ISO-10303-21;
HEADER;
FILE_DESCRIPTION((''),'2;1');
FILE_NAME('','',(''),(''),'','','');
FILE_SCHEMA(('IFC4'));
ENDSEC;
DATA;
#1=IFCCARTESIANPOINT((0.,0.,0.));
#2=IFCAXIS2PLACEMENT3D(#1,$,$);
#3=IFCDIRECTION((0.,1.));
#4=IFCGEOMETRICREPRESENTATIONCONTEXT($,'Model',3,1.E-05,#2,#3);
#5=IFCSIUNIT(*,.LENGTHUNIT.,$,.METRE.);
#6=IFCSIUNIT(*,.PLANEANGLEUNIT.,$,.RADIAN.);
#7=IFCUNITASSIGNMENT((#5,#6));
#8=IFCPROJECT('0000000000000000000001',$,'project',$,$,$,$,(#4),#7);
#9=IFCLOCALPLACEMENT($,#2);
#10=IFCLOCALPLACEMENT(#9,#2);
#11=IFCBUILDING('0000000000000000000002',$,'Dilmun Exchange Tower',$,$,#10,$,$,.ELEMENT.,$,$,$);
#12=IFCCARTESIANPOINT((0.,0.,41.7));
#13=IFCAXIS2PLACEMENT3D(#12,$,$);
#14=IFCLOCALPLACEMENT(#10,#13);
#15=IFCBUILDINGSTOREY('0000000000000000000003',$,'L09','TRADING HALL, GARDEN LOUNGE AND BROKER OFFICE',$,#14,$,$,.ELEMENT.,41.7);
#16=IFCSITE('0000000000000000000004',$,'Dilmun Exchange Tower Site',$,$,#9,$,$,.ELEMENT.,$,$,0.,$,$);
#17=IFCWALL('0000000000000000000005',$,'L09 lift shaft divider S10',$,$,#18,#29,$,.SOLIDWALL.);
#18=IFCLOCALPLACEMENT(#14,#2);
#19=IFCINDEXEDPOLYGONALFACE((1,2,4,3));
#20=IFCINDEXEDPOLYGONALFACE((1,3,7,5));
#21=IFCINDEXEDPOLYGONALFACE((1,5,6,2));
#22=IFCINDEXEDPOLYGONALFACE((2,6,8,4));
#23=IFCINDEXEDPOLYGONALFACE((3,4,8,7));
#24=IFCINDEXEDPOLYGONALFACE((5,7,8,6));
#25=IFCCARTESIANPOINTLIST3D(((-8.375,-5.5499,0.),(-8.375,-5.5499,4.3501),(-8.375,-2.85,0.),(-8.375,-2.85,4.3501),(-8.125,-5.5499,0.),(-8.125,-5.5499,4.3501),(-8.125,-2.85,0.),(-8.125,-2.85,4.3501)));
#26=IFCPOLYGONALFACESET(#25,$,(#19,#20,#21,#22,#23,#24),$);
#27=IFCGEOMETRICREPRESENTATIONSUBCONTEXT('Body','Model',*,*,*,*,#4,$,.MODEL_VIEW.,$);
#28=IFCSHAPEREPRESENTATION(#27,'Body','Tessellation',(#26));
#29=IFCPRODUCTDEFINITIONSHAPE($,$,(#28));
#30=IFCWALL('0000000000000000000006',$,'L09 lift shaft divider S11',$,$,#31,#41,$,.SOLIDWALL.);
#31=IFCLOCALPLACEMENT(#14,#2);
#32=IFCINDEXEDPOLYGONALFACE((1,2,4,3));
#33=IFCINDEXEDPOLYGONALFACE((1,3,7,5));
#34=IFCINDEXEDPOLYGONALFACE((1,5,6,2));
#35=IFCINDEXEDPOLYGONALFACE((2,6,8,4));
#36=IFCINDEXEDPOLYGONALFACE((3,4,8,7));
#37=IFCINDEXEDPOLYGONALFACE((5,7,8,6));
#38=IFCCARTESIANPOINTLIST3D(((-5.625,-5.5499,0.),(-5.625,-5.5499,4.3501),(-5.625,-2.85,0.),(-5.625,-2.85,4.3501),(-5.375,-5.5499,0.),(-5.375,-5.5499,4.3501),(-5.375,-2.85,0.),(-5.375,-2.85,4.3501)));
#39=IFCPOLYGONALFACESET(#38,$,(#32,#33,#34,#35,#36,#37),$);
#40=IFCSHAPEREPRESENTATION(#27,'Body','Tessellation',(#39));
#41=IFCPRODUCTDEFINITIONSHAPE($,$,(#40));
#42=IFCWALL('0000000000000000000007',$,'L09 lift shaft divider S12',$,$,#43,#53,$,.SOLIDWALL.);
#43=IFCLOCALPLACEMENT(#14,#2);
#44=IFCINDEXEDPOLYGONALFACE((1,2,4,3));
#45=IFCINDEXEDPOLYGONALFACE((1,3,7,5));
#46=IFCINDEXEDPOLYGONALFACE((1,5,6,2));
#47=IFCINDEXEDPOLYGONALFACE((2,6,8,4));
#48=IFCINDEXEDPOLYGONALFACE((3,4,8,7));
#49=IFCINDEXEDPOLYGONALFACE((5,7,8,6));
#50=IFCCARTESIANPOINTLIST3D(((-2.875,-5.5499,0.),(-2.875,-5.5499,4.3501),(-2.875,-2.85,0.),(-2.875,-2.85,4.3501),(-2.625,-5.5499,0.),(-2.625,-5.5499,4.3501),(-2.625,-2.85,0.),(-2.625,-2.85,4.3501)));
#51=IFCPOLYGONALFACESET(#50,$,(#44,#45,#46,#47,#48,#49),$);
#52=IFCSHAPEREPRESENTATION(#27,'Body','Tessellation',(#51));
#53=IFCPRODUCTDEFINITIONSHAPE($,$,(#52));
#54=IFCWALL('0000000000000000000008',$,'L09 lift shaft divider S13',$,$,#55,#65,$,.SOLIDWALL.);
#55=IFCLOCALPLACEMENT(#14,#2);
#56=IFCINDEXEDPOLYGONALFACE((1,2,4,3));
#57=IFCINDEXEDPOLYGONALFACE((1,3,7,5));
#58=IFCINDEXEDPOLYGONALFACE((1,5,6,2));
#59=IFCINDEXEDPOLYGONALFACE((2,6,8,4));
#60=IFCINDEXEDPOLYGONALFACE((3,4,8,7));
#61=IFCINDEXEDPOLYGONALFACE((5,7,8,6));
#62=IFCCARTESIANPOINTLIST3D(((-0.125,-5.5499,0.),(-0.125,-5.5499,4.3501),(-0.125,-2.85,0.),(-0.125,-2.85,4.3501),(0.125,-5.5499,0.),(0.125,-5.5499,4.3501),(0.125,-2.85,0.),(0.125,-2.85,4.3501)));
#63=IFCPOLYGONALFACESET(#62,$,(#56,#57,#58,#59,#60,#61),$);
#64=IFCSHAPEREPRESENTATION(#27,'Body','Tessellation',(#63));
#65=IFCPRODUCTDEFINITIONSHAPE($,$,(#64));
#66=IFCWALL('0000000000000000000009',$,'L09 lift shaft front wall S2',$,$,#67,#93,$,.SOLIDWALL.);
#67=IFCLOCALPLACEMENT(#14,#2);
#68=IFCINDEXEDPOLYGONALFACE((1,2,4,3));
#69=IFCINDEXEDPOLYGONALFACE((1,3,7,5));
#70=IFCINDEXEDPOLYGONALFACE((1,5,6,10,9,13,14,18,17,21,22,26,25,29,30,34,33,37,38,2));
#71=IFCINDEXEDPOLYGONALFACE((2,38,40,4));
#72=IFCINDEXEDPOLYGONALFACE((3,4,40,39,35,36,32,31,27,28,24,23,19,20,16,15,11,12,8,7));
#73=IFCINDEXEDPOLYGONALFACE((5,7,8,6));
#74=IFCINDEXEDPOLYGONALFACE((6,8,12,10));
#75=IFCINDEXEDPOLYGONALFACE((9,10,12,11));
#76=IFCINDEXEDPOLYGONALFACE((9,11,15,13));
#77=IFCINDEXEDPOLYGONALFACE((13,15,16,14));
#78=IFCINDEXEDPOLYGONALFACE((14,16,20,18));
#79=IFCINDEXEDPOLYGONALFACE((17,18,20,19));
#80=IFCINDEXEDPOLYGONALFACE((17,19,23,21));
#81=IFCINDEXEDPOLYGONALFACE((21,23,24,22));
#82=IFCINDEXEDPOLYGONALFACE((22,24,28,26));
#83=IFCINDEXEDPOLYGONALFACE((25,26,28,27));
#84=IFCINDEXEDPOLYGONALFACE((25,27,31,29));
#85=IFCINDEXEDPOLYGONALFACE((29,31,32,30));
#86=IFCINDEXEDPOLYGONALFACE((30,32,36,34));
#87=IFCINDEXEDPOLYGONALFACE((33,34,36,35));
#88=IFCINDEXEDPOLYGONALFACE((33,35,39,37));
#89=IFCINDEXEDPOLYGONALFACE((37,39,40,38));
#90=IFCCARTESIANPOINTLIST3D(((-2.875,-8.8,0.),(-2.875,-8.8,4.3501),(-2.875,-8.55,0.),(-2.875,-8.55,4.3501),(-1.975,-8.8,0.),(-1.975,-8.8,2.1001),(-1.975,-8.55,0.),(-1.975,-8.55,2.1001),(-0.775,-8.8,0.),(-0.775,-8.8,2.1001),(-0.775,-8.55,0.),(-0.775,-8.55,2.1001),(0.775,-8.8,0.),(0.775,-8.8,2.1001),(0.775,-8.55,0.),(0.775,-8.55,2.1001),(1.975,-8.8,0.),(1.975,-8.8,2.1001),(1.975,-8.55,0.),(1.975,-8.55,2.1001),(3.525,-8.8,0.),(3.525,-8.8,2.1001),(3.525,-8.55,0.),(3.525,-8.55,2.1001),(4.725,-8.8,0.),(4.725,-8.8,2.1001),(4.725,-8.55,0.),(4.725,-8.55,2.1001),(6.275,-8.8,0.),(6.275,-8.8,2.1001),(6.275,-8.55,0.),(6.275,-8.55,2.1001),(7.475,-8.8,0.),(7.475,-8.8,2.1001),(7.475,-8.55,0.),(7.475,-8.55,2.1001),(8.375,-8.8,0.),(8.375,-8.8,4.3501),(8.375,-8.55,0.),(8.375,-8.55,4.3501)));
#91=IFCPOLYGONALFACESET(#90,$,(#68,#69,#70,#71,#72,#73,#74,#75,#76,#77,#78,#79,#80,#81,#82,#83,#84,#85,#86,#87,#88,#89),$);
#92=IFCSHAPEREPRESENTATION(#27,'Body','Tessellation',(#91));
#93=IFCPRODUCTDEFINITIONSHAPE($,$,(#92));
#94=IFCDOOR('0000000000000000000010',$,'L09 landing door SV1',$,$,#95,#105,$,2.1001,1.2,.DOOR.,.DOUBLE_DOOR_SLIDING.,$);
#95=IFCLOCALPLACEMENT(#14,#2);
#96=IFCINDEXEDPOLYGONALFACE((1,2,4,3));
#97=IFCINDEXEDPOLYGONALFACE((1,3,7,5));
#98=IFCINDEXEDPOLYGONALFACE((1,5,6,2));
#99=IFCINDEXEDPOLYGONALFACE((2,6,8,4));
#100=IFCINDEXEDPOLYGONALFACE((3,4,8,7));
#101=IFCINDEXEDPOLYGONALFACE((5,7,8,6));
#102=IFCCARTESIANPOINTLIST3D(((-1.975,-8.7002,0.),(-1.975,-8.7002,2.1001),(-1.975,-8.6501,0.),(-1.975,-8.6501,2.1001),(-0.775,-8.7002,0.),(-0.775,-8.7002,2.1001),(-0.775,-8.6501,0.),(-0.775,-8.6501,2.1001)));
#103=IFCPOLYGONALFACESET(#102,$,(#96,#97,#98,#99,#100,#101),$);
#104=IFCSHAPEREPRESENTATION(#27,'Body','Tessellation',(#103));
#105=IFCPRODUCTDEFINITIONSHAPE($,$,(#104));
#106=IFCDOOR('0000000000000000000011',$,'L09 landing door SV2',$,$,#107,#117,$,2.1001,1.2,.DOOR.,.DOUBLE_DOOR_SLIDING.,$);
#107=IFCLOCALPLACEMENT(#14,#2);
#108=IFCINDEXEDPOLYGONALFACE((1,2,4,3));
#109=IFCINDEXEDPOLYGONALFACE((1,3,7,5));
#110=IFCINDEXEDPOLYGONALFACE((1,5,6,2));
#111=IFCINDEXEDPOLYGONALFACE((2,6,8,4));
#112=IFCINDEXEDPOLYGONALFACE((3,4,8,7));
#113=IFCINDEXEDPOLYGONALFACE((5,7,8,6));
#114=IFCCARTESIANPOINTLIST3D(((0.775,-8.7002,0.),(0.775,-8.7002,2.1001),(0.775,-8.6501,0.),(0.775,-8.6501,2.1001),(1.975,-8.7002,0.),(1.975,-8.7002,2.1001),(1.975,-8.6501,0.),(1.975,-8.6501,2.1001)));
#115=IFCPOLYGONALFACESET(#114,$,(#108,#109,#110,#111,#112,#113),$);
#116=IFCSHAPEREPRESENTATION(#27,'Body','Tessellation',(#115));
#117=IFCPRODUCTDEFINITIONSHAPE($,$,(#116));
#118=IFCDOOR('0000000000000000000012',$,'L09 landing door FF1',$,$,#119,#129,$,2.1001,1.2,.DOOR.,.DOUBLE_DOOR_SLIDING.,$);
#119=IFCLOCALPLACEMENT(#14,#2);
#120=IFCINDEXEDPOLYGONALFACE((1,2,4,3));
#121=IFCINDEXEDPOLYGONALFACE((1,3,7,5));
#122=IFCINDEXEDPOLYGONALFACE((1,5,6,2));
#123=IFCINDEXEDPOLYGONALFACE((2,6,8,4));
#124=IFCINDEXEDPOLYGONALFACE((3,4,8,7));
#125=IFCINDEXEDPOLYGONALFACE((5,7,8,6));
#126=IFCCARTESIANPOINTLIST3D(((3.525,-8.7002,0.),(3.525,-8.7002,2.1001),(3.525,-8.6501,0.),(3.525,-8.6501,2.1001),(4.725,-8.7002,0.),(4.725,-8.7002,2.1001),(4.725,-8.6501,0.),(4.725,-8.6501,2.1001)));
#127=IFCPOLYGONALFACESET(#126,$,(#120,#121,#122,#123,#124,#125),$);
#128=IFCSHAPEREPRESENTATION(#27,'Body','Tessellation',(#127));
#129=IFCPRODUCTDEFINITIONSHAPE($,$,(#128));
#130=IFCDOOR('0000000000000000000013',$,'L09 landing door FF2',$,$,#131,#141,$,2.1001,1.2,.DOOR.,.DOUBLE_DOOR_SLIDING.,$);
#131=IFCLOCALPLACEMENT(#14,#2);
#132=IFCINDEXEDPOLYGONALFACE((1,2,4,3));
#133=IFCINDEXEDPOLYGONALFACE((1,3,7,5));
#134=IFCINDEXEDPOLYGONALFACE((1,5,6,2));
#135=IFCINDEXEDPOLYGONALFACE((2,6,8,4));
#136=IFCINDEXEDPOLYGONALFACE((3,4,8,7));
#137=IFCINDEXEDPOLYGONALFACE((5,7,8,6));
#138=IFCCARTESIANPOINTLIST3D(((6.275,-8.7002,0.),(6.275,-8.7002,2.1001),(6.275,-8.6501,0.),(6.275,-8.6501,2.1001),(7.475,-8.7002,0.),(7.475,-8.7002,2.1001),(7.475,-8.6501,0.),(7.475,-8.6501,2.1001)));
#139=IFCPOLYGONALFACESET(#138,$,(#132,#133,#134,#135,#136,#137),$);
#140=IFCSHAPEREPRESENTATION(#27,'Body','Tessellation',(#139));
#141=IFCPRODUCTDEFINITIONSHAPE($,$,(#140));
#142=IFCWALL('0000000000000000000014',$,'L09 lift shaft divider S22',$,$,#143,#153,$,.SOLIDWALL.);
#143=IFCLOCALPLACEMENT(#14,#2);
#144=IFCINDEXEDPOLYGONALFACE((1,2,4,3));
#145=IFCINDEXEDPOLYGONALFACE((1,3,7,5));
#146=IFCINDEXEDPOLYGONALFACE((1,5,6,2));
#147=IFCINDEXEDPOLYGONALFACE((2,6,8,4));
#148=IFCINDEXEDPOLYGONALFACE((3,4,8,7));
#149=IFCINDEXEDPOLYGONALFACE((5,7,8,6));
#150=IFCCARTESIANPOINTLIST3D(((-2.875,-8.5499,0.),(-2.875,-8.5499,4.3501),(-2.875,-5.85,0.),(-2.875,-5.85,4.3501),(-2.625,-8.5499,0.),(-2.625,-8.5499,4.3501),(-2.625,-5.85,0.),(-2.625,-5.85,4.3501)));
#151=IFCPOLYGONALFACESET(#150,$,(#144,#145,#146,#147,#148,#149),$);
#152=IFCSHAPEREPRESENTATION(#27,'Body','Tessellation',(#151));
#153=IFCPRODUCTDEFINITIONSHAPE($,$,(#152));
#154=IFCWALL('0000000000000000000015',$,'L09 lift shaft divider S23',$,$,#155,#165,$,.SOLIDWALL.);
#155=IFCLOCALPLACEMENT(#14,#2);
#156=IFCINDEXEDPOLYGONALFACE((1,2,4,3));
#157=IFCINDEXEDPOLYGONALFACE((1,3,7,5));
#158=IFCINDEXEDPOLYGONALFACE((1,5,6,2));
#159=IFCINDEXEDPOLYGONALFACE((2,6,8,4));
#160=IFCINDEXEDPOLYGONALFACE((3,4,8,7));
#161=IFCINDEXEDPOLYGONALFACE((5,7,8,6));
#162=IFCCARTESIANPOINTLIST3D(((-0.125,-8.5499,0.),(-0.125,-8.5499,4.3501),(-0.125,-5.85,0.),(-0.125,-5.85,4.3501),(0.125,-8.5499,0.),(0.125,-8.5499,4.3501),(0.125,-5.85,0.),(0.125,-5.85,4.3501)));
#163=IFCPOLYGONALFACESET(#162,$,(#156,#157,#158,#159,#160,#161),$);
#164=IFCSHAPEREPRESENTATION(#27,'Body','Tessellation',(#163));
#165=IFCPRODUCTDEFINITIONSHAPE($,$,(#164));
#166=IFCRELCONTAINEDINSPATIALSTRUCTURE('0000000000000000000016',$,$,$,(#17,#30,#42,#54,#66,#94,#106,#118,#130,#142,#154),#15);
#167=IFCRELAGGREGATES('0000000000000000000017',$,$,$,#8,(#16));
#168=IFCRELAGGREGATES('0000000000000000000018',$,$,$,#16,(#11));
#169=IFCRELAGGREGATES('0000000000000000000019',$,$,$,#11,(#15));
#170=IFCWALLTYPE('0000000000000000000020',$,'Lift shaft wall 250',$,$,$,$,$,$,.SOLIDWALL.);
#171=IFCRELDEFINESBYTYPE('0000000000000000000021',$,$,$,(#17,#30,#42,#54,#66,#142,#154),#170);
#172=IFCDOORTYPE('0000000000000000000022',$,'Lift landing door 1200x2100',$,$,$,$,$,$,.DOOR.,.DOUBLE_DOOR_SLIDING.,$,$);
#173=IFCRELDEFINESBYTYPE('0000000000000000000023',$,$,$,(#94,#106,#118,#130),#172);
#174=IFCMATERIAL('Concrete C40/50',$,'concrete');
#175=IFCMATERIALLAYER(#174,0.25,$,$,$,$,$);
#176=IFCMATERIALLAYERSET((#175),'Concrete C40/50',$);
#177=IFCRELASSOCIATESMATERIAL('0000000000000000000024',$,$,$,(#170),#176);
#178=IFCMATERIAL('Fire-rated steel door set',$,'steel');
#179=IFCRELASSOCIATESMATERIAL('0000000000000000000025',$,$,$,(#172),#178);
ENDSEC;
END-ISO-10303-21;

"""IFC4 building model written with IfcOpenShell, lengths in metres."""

from ifc_helpers import new_model, si_unit, direction, frame, frame_2d, origin, place, context, subcontext, project, spatial, rectangle, extrude, material, layer, layer_set, type_object, element, fill, save


model = new_model("IFC4")

# Units and contexts
model_context = context("Model", 3, precision=1e-05, world=origin(), true_north=direction((0.0, 1.0)))
body_context = subcontext(model_context, "Body", "Model", "MODEL_VIEW")
ifc_project = project(units=[si_unit("LENGTHUNIT", "METRE"), si_unit("PLANEANGLEUNIT", "RADIAN")], contexts=[model_context])

# Site, building, storey
site_placement = place(None, origin())
site = spatial("IfcSite", under=ifc_project, at=site_placement, Name="Dilmun Exchange Tower Site", CompositionType="ELEMENT", RefElevation=0.0)
building_placement = place(site_placement, origin())
building = spatial("IfcBuilding", under=site, at=building_placement, Name="Dilmun Exchange Tower", CompositionType="ELEMENT")
storey_placement = place(building_placement, frame((0.0, 0.0, 41.7)))
storey = spatial("IfcBuildingStorey", under=building, at=storey_placement, Name="L09", Description="TRADING HALL, GARDEN LOUNGE AND BROKER OFFICE", CompositionType="ELEMENT", Elevation=41.7)

# Shared definitions
ifc_material_1 = material(Name="Concrete C40/50", Category="concrete")

# Shared definitions
ifc_material_2 = material(Name="Fire-rated steel door set", Category="steel")

# Walls
ifc_layer_1 = layer(ifc_material_1, 0.25)
ifc_layer_set_1 = layer_set([ifc_layer_1], Name="Concrete C40/50")
wall_type_1 = type_object("IfcWallType", Name="Lift shaft wall 250", PredefinedType="SOLIDWALL", material=ifc_layer_set_1)
for number, where, z_axis, x_axis, name in (
    (1, (-8.25, -5.55, 0.0), (0.0, 0.0, 1.0), (0.0, 1.0, 0.0), "L09 lift shaft divider S10"),
    (2, (-5.5, -5.55, 0.0), (0.0, 0.0, 1.0), (0.0, 1.0, 0.0), "L09 lift shaft divider S11"),
    (3, (-2.75, -5.55, 0.0), (0.0, 0.0, 1.0), (0.0, 1.0, 0.0), "L09 lift shaft divider S12"),
    (4, (0.0, -5.55, 0.0), (0.0, 0.0, 1.0), (0.0, 1.0, 0.0), "L09 lift shaft divider S13"),
):
    element("IfcWall", number, at=place(storey_placement, frame(where, z_axis=z_axis, x_axis=x_axis)), inside=storey, type_object=wall_type_1, Name=name, PredefinedType="SOLIDWALL", context=body_context, shape_type="SweptSolid", body=[
        extrude(rectangle(XDim=2.7, YDim=0.25, at=frame_2d((1.3501, 0.0))), origin(), (0.0, 0.0, 1.0), 4.3501),
    ])

# Wall, openings, doors
wall_1_placement = place(storey_placement, frame((-2.875, -8.675, 0.0), z_axis=(0.0, 0.0, 1.0), x_axis=(1.0, 0.0, 0.0)))
wall_1 = element("IfcWall", 5, at=wall_1_placement, inside=storey, type_object=wall_type_1, Name="L09 lift shaft front wall S2", PredefinedType="SOLIDWALL", context=body_context, shape_type="SweptSolid", body=[
    extrude(rectangle(XDim=11.25, YDim=0.25, at=frame_2d((5.625, 0.0))), origin(), (0.0, 0.0, 1.0), 4.3501),
])
opening_1_placement = place(wall_1_placement, frame((0.8999, 0.0, 0.0)))
opening_1 = element("IfcOpeningElement", 6, at=opening_1_placement, cuts=wall_1, PredefinedType="OPENING", context=body_context, shape_type="SweptSolid", body=[
    extrude(rectangle(XDim=1.2, YDim=2.1001, at=frame_2d((0.6001, 1.05))), frame((0.0, 0.135, 0.0), z_axis=(0.0, -1.0, 0.0), x_axis=(1.0, 0.0, 0.0)), (0.0, 0.0, 1.0), 0.27),
])
opening_2_placement = place(wall_1_placement, frame((3.6499, 0.0, 0.0)))
opening_2 = element("IfcOpeningElement", 7, at=opening_2_placement, cuts=wall_1, PredefinedType="OPENING", context=body_context, shape_type="SweptSolid", body=[
    extrude(rectangle(XDim=1.2, YDim=2.1001, at=frame_2d((0.6001, 1.05))), frame((0.0, 0.135, 0.0), z_axis=(0.0, -1.0, 0.0), x_axis=(1.0, 0.0, 0.0)), (0.0, 0.0, 1.0), 0.27),
])
opening_3_placement = place(wall_1_placement, frame((6.3999, 0.0, 0.0)))
opening_3 = element("IfcOpeningElement", 8, at=opening_3_placement, cuts=wall_1, PredefinedType="OPENING", context=body_context, shape_type="SweptSolid", body=[
    extrude(rectangle(XDim=1.2, YDim=2.1001, at=frame_2d((0.6001, 1.05))), frame((0.0, 0.135, 0.0), z_axis=(0.0, -1.0, 0.0), x_axis=(1.0, 0.0, 0.0)), (0.0, 0.0, 1.0), 0.27),
])
opening_4_placement = place(wall_1_placement, frame((9.1499, 0.0, 0.0)))
opening_4 = element("IfcOpeningElement", 9, at=opening_4_placement, cuts=wall_1, PredefinedType="OPENING", context=body_context, shape_type="SweptSolid", body=[
    extrude(rectangle(XDim=1.2, YDim=2.1001, at=frame_2d((0.6001, 1.05))), frame((0.0, 0.135, 0.0), z_axis=(0.0, -1.0, 0.0), x_axis=(1.0, 0.0, 0.0)), (0.0, 0.0, 1.0), 0.27),
])
door_type_1 = type_object("IfcDoorType", Name="Lift landing door 1200x2100", OperationType="DOUBLE_DOOR_SLIDING", PredefinedType="DOOR", material=ifc_material_2)
door_1_placement = place(opening_1_placement, origin())
door_1 = element("IfcDoor", 10, at=door_1_placement, inside=storey, type_object=door_type_1, Name="L09 landing door SV1", OperationType="DOUBLE_DOOR_SLIDING", OverallHeight=2.1001, OverallWidth=1.2, PredefinedType="DOOR", context=body_context, shape_type="SweptSolid", body=[
    extrude(rectangle(XDim=1.2, YDim=2.1001, at=frame_2d((0.6001, 1.05))), frame((0.0, 0.0249, 0.0), z_axis=(0.0, -1.0, 0.0), x_axis=(1.0, 0.0, 0.0)), (0.0, 0.0, 1.0), 0.05),
])
fill(opening_1, door_1)
door_2_placement = place(opening_2_placement, origin())
door_2 = element("IfcDoor", 11, at=door_2_placement, inside=storey, type_object=door_type_1, Name="L09 landing door SV2", OperationType="DOUBLE_DOOR_SLIDING", OverallHeight=2.1001, OverallWidth=1.2, PredefinedType="DOOR", context=body_context, shape_type="SweptSolid", body=[
    extrude(rectangle(XDim=1.2, YDim=2.1001, at=frame_2d((0.6001, 1.05))), frame((0.0, 0.0249, 0.0), z_axis=(0.0, -1.0, 0.0), x_axis=(1.0, 0.0, 0.0)), (0.0, 0.0, 1.0), 0.05),
])
fill(opening_2, door_2)
door_3_placement = place(opening_3_placement, origin())
door_3 = element("IfcDoor", 12, at=door_3_placement, inside=storey, type_object=door_type_1, Name="L09 landing door FF1", OperationType="DOUBLE_DOOR_SLIDING", OverallHeight=2.1001, OverallWidth=1.2, PredefinedType="DOOR", context=body_context, shape_type="SweptSolid", body=[
    extrude(rectangle(XDim=1.2, YDim=2.1001, at=frame_2d((0.6001, 1.05))), frame((0.0, 0.0249, 0.0), z_axis=(0.0, -1.0, 0.0), x_axis=(1.0, 0.0, 0.0)), (0.0, 0.0, 1.0), 0.05),
])
fill(opening_3, door_3)
door_4_placement = place(opening_4_placement, origin())
door_4 = element("IfcDoor", 13, at=door_4_placement, inside=storey, type_object=door_type_1, Name="L09 landing door FF2", OperationType="DOUBLE_DOOR_SLIDING", OverallHeight=2.1001, OverallWidth=1.2, PredefinedType="DOOR", context=body_context, shape_type="SweptSolid", body=[
    extrude(rectangle(XDim=1.2, YDim=2.1001, at=frame_2d((0.6001, 1.05))), frame((0.0, 0.0249, 0.0), z_axis=(0.0, -1.0, 0.0), x_axis=(1.0, 0.0, 0.0)), (0.0, 0.0, 1.0), 0.05),
])
fill(opening_4, door_4)

# Walls
for number, where, z_axis, x_axis, name in (
    (14, (-2.75, -8.55, 0.0), (0.0, 0.0, 1.0), (0.0, 1.0, 0.0), "L09 lift shaft divider S22"),
    (15, (0.0, -8.55, 0.0), (0.0, 0.0, 1.0), (0.0, 1.0, 0.0), "L09 lift shaft divider S23"),
):
    element("IfcWall", number, at=place(storey_placement, frame(where, z_axis=z_axis, x_axis=x_axis)), inside=storey, type_object=wall_type_1, Name=name, PredefinedType="SOLIDWALL", context=body_context, shape_type="SweptSolid", body=[
        extrude(rectangle(XDim=2.7, YDim=0.25, at=frame_2d((1.3501, 0.0))), origin(), (0.0, 0.0, 1.0), 4.3501),
    ])

save(model, "model.ifc")
